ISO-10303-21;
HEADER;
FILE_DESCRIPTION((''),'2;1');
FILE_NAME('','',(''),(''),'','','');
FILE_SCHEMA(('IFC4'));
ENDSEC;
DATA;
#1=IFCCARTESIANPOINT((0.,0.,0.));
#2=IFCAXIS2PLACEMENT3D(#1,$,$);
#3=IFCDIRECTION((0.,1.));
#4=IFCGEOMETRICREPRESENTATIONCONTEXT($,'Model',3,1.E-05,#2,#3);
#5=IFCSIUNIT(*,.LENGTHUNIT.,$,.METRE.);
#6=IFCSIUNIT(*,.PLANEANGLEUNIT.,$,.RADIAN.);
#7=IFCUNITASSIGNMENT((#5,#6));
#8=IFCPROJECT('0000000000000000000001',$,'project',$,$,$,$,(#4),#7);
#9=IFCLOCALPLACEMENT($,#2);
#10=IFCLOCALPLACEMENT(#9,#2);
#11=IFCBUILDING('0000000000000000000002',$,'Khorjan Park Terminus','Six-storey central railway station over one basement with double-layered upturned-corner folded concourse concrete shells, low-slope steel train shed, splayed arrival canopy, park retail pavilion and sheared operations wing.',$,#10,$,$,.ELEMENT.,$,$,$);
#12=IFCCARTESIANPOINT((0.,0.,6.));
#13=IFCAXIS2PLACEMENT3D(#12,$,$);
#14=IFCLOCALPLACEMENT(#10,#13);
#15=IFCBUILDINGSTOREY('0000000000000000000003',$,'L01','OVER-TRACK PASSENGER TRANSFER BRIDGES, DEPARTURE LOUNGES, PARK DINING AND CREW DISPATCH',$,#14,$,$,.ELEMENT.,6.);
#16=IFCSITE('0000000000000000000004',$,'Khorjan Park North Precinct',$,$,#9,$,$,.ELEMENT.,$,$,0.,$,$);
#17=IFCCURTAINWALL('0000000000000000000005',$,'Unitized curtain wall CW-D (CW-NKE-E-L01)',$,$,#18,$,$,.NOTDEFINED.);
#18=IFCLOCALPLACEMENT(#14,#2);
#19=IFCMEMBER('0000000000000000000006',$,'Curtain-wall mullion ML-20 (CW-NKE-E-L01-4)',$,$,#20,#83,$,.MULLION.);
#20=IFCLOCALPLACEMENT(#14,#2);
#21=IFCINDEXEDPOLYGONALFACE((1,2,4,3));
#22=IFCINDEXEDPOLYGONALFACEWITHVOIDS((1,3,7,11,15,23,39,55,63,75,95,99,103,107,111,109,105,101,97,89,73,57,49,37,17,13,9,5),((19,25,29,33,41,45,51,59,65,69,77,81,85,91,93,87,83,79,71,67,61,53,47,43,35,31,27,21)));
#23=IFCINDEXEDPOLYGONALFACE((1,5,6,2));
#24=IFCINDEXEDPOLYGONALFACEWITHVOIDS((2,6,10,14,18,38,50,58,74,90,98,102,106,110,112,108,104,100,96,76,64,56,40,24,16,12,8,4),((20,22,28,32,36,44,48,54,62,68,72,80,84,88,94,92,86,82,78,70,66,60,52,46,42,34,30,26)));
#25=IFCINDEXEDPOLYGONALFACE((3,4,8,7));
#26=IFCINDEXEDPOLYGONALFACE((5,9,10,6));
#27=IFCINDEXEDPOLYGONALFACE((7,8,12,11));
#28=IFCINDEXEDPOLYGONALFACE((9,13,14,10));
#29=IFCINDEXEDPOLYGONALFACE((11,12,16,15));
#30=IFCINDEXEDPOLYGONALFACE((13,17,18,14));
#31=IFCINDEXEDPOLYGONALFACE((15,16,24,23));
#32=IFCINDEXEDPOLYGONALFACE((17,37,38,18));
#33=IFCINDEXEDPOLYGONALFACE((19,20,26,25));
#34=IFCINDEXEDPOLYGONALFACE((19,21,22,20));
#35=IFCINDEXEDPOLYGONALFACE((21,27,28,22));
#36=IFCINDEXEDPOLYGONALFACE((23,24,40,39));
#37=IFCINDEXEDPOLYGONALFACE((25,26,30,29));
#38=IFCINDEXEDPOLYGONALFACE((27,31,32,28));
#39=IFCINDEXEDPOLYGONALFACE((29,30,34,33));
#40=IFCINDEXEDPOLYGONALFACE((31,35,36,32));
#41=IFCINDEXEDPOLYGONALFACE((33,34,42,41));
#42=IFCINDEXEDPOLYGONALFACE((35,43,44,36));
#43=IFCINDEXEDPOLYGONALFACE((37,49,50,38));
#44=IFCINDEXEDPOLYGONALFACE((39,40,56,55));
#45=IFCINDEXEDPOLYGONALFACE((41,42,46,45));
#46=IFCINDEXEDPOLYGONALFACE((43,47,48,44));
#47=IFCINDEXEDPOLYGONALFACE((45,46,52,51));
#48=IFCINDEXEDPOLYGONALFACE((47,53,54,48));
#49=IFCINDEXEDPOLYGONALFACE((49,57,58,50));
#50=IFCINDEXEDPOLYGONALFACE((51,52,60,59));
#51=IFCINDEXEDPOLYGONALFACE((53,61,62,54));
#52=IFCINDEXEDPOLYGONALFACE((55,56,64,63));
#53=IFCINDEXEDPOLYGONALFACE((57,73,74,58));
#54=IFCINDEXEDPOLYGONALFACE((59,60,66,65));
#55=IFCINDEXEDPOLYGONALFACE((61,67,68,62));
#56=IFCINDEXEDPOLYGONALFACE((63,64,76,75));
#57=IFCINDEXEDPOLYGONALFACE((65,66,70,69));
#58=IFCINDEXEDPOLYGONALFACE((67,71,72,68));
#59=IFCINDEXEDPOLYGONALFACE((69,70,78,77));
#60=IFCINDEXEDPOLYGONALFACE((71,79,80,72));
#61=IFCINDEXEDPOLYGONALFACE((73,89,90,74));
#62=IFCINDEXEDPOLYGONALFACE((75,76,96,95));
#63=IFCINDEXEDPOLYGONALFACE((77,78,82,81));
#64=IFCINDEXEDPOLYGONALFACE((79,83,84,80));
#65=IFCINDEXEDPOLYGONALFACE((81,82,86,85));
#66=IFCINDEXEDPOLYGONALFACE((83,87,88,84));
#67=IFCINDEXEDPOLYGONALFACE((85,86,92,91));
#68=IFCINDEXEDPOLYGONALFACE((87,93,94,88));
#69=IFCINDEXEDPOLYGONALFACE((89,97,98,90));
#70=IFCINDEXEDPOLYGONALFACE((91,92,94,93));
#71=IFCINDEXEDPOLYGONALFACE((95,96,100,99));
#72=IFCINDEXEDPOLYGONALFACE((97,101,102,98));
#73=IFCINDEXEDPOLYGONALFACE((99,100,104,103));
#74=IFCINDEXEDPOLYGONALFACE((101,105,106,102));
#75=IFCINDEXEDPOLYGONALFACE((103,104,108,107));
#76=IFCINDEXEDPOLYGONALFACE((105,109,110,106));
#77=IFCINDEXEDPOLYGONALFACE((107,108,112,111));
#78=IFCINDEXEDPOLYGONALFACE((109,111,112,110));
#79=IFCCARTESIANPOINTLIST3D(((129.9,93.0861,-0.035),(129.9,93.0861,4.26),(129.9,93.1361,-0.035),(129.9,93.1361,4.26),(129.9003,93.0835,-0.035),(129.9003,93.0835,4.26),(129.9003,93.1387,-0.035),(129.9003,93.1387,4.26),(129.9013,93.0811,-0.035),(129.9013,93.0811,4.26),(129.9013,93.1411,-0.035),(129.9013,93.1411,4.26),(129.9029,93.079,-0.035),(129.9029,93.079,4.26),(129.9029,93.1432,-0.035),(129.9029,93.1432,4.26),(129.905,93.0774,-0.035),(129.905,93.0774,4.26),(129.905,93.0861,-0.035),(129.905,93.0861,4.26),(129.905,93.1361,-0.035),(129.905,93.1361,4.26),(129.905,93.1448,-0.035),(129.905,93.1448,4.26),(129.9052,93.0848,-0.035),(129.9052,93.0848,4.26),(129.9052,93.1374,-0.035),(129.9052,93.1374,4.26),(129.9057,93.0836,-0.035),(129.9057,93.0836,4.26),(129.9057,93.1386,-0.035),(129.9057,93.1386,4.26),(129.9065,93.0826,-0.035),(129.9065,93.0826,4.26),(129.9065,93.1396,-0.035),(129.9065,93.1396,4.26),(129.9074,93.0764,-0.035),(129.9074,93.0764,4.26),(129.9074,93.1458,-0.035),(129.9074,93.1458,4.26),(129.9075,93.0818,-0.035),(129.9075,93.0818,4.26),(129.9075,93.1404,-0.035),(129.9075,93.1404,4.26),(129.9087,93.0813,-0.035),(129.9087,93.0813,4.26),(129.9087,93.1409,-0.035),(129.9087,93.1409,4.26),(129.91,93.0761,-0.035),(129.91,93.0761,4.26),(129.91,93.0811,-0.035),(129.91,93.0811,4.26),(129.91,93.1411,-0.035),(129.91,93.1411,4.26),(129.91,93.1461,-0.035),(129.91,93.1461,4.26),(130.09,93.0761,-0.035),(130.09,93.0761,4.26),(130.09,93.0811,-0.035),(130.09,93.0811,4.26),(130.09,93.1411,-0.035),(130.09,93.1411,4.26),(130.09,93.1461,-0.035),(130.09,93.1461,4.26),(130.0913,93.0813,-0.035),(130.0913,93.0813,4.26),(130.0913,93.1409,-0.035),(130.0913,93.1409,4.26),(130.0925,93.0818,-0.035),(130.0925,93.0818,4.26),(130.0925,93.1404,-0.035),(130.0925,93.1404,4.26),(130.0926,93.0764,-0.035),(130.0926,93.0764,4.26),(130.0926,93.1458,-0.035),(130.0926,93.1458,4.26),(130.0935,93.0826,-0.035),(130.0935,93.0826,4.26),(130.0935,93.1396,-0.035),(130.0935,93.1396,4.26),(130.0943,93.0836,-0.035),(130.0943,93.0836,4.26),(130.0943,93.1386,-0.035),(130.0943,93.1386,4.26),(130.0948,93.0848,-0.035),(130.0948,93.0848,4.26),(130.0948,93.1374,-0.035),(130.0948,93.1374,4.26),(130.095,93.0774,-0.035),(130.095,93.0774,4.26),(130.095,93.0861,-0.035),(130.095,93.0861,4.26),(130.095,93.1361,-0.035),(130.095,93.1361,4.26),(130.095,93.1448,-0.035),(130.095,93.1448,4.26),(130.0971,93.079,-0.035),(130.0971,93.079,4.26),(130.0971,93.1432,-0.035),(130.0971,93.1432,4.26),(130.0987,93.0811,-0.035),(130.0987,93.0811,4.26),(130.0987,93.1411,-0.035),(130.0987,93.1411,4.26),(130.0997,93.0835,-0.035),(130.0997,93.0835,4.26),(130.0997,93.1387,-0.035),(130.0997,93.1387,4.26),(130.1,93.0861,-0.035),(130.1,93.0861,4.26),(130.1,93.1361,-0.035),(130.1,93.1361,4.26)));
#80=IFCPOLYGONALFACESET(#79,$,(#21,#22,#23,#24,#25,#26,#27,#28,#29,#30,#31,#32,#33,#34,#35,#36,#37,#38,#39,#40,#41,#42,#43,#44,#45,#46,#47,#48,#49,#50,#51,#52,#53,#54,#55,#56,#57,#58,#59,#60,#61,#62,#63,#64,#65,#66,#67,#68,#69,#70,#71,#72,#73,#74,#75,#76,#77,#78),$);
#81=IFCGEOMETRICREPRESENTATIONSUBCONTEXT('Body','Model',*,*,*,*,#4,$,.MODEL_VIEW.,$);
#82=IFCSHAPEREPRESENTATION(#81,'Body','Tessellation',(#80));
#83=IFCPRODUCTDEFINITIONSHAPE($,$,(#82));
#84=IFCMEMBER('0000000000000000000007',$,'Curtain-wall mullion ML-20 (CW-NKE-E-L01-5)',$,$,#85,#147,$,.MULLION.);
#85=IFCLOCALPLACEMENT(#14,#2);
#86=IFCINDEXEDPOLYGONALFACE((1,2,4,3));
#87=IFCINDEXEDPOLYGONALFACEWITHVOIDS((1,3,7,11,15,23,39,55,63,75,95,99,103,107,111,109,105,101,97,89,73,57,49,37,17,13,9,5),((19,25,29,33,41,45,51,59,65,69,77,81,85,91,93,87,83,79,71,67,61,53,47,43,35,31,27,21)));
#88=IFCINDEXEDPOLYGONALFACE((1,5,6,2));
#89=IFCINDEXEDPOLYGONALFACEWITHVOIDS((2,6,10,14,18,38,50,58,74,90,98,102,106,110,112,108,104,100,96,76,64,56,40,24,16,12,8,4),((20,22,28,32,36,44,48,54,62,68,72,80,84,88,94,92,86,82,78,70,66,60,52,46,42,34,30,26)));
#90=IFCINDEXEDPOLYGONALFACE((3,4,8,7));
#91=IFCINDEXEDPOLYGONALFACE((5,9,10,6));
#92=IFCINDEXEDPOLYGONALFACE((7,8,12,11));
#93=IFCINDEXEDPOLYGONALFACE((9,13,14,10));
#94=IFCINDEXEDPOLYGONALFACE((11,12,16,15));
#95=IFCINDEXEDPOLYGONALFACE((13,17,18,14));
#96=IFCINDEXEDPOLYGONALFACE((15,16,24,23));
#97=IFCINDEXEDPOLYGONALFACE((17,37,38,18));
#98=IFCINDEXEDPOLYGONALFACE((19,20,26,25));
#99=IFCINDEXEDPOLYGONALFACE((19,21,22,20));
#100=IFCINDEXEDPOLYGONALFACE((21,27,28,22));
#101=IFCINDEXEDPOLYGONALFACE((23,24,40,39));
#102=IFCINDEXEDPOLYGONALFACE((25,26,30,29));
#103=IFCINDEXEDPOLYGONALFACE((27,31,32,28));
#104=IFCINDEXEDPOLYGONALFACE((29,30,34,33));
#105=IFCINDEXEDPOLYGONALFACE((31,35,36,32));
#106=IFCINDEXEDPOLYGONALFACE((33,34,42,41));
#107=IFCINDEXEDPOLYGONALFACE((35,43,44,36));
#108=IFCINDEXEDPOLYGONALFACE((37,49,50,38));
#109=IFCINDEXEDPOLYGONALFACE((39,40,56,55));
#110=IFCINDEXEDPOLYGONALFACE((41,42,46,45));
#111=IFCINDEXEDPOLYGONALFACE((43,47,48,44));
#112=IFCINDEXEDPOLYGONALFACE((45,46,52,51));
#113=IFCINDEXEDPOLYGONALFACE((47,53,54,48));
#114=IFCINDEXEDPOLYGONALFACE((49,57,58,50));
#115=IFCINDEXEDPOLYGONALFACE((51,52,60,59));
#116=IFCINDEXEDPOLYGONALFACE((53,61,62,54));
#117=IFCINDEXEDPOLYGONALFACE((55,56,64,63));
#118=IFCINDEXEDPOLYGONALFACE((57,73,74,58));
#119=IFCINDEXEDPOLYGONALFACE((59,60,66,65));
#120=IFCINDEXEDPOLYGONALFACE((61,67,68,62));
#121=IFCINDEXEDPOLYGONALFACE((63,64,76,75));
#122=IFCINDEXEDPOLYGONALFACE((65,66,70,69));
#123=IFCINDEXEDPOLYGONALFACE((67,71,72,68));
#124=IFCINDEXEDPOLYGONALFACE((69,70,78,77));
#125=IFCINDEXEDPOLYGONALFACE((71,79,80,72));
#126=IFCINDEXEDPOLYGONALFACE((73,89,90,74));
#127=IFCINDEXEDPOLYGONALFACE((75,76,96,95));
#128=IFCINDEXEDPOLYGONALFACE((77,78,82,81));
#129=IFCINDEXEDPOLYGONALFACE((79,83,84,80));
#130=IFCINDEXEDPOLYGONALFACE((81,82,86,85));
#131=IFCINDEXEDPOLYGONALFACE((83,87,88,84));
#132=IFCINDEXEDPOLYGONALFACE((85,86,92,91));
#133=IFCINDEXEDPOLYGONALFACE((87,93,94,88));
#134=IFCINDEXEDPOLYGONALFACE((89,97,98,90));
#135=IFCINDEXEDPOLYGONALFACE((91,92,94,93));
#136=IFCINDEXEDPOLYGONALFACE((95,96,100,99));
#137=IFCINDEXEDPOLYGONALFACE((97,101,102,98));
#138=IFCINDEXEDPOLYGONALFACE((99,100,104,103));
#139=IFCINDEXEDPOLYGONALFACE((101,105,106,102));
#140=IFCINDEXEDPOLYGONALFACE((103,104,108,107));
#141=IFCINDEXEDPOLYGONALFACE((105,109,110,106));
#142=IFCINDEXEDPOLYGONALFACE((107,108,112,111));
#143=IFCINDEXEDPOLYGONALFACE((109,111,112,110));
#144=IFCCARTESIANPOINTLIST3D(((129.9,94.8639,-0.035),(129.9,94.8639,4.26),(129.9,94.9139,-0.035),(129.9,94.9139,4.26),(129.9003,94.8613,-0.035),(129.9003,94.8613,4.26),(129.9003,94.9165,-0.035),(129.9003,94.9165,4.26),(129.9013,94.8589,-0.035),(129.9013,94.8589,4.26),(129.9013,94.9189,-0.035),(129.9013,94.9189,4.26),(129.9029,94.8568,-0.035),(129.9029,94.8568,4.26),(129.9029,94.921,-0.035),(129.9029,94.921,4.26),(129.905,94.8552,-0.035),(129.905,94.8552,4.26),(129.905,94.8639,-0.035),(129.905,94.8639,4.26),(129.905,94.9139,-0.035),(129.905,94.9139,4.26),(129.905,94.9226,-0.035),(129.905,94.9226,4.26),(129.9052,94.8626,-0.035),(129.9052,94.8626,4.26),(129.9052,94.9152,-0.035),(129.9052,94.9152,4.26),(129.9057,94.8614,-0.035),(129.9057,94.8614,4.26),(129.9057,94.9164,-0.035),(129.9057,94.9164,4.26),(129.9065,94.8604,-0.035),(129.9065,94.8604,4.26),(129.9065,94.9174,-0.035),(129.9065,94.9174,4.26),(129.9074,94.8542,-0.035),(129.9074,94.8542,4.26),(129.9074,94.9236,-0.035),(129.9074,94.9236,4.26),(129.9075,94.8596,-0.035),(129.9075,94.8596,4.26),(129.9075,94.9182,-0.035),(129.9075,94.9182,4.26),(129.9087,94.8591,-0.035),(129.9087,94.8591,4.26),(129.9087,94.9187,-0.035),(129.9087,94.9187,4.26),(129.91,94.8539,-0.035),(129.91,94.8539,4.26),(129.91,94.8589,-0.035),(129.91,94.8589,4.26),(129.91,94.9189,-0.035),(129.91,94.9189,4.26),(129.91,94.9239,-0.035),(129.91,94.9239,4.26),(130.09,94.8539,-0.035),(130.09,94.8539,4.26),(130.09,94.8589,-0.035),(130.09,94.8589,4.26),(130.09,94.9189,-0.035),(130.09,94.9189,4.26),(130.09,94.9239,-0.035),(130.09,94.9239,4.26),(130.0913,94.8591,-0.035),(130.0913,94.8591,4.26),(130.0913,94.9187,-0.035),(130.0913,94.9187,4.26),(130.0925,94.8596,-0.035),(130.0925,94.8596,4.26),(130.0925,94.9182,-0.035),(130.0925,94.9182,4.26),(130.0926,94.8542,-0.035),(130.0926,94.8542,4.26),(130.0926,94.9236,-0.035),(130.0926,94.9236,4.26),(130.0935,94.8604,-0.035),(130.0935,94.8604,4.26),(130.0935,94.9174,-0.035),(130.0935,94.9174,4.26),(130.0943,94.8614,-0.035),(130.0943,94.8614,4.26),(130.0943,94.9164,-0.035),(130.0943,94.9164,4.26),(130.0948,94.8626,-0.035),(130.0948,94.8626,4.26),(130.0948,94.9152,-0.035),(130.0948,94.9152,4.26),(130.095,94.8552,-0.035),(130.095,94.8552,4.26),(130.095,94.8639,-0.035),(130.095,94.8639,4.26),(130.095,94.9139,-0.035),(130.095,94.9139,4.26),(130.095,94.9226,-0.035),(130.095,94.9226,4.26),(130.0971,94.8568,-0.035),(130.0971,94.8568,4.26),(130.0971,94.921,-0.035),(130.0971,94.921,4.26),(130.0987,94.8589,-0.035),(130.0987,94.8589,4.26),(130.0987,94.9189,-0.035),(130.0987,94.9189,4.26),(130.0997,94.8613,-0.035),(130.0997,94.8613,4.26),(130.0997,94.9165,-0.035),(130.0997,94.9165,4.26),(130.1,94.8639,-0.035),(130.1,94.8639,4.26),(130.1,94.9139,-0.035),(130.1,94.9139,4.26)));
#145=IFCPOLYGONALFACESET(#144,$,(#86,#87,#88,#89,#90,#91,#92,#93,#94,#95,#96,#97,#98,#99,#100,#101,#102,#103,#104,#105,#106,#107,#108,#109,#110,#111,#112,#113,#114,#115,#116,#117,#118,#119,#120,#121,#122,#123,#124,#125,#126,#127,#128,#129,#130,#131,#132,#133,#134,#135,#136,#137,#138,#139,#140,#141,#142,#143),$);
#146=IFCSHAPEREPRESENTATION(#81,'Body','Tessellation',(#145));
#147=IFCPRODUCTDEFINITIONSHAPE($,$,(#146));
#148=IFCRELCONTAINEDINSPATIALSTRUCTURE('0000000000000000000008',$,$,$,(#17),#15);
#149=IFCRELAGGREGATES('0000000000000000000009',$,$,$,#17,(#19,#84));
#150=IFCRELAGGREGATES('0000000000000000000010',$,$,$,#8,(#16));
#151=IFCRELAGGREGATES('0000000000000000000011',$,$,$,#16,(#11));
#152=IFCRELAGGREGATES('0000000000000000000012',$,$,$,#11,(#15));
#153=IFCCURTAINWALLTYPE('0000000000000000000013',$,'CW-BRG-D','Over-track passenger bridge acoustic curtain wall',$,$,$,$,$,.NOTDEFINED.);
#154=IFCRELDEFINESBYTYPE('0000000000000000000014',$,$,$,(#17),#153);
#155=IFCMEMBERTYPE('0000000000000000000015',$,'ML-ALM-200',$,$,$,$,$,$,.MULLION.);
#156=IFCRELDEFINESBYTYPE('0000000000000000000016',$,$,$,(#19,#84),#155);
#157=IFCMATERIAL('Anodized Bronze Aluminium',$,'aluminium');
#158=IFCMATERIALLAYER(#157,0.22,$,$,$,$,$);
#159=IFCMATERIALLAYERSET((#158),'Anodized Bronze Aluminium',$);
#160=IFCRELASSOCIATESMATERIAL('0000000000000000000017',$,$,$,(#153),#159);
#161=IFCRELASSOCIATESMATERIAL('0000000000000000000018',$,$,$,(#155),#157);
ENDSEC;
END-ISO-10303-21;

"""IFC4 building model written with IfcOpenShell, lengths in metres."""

from ifc_helpers import new_model, si_unit, direction, frame, origin, origin_2d, place, context, subcontext, project, spatial, hollow_rectangle, extrude, material, layer, layer_set, material_profile, profile_set, type_object, element, aggregate, save


model = new_model("IFC4")

# Units and contexts
model_context = context("Model", 3, precision=1e-05, world=origin(), true_north=direction((0.0, 1.0)))
body_context = subcontext(model_context, "Body", "Model", "MODEL_VIEW")
ifc_project = project(units=[si_unit("LENGTHUNIT", "METRE"), si_unit("PLANEANGLEUNIT", "RADIAN")], contexts=[model_context])

# Site, building, storey
site_placement = place(None, origin())
site = spatial("IfcSite", under=ifc_project, at=site_placement, Name="Khorjan Park North Precinct", CompositionType="ELEMENT", RefElevation=0.0)
building_placement = place(site_placement, origin())
building = spatial("IfcBuilding", under=site, at=building_placement, Name="Khorjan Park Terminus", Description="Six-storey central railway station over one basement with double-layered upturned-corner folded concourse concrete shells, low-slope steel train shed, splayed arrival canopy, park retail pavilion and sheared operations wing.", CompositionType="ELEMENT")
storey_placement = place(building_placement, frame((0.0, 0.0, 6.0)))
storey = spatial("IfcBuildingStorey", under=building, at=storey_placement, Name="L01", Description="OVER-TRACK PASSENGER TRANSFER BRIDGES, DEPARTURE LOUNGES, PARK DINING AND CREW DISPATCH", CompositionType="ELEMENT", Elevation=6.0)

# Curtain wall, members
ifc_material_1 = material(Name="Anodized Bronze Aluminium", Category="aluminium")
ifc_layer_1 = layer(ifc_material_1, 0.22)
ifc_layer_set_1 = layer_set([ifc_layer_1], Name="Anodized Bronze Aluminium")
curtain_wall_type = type_object("IfcCurtainWallType", Name="CW-BRG-D", Description="Over-track passenger bridge acoustic curtain wall", PredefinedType="NOTDEFINED", material=ifc_layer_set_1)
curtain_wall_placement = place(storey_placement, origin())
curtain_wall = element("IfcCurtainWall", 1, at=curtain_wall_placement, inside=storey, type_object=curtain_wall_type, Name="Unitized curtain wall CW-D (CW-NKE-E-L01)", PredefinedType="NOTDEFINED")
ifc_material_profile_1 = material_profile(ifc_material_1, hollow_rectangle(XDim=0.07, YDim=0.2, WallThickness=0.005, InnerFilletRadius=0.005, OuterFilletRadius=0.01, at=origin_2d()), Name="ALM 70x200x5")
ifc_profile_set_1 = profile_set([ifc_material_profile_1], Name="Anodized Bronze Aluminium")
member_type_1 = type_object("IfcMemberType", Name="ML-ALM-200", PredefinedType="MULLION", material=ifc_profile_set_1)
member_1_placement = place(storey_placement, frame((130.0, 93.1111, -0.035), z_axis=(0.0, 0.0, 1.0), x_axis=(0.0, 1.0, 0.0)))
member_1 = element("IfcMember", 2, at=member_1_placement, type_object=member_type_1, Name="Curtain-wall mullion ML-20 (CW-NKE-E-L01-4)", PredefinedType="MULLION", context=body_context, shape_type="SweptSolid", body=[
    extrude(hollow_rectangle(XDim=0.07, YDim=0.2, WallThickness=0.005, InnerFilletRadius=0.005, OuterFilletRadius=0.01, at=origin_2d()), origin(), (0.0, 0.0, 1.0), 4.295),
])
member_2_placement = place(storey_placement, frame((130.0, 94.8889, -0.035), z_axis=(0.0, 0.0, 1.0), x_axis=(0.0, 1.0, 0.0)))
member_2 = element("IfcMember", 3, at=member_2_placement, type_object=member_type_1, Name="Curtain-wall mullion ML-20 (CW-NKE-E-L01-5)", PredefinedType="MULLION", context=body_context, shape_type="SweptSolid", body=[
    extrude(hollow_rectangle(XDim=0.07, YDim=0.2, WallThickness=0.005, InnerFilletRadius=0.005, OuterFilletRadius=0.01, at=origin_2d()), origin(), (0.0, 0.0, 1.0), 4.295),
])
aggregate(curtain_wall, [member_1, member_2])

save(model, "model.ifc")
